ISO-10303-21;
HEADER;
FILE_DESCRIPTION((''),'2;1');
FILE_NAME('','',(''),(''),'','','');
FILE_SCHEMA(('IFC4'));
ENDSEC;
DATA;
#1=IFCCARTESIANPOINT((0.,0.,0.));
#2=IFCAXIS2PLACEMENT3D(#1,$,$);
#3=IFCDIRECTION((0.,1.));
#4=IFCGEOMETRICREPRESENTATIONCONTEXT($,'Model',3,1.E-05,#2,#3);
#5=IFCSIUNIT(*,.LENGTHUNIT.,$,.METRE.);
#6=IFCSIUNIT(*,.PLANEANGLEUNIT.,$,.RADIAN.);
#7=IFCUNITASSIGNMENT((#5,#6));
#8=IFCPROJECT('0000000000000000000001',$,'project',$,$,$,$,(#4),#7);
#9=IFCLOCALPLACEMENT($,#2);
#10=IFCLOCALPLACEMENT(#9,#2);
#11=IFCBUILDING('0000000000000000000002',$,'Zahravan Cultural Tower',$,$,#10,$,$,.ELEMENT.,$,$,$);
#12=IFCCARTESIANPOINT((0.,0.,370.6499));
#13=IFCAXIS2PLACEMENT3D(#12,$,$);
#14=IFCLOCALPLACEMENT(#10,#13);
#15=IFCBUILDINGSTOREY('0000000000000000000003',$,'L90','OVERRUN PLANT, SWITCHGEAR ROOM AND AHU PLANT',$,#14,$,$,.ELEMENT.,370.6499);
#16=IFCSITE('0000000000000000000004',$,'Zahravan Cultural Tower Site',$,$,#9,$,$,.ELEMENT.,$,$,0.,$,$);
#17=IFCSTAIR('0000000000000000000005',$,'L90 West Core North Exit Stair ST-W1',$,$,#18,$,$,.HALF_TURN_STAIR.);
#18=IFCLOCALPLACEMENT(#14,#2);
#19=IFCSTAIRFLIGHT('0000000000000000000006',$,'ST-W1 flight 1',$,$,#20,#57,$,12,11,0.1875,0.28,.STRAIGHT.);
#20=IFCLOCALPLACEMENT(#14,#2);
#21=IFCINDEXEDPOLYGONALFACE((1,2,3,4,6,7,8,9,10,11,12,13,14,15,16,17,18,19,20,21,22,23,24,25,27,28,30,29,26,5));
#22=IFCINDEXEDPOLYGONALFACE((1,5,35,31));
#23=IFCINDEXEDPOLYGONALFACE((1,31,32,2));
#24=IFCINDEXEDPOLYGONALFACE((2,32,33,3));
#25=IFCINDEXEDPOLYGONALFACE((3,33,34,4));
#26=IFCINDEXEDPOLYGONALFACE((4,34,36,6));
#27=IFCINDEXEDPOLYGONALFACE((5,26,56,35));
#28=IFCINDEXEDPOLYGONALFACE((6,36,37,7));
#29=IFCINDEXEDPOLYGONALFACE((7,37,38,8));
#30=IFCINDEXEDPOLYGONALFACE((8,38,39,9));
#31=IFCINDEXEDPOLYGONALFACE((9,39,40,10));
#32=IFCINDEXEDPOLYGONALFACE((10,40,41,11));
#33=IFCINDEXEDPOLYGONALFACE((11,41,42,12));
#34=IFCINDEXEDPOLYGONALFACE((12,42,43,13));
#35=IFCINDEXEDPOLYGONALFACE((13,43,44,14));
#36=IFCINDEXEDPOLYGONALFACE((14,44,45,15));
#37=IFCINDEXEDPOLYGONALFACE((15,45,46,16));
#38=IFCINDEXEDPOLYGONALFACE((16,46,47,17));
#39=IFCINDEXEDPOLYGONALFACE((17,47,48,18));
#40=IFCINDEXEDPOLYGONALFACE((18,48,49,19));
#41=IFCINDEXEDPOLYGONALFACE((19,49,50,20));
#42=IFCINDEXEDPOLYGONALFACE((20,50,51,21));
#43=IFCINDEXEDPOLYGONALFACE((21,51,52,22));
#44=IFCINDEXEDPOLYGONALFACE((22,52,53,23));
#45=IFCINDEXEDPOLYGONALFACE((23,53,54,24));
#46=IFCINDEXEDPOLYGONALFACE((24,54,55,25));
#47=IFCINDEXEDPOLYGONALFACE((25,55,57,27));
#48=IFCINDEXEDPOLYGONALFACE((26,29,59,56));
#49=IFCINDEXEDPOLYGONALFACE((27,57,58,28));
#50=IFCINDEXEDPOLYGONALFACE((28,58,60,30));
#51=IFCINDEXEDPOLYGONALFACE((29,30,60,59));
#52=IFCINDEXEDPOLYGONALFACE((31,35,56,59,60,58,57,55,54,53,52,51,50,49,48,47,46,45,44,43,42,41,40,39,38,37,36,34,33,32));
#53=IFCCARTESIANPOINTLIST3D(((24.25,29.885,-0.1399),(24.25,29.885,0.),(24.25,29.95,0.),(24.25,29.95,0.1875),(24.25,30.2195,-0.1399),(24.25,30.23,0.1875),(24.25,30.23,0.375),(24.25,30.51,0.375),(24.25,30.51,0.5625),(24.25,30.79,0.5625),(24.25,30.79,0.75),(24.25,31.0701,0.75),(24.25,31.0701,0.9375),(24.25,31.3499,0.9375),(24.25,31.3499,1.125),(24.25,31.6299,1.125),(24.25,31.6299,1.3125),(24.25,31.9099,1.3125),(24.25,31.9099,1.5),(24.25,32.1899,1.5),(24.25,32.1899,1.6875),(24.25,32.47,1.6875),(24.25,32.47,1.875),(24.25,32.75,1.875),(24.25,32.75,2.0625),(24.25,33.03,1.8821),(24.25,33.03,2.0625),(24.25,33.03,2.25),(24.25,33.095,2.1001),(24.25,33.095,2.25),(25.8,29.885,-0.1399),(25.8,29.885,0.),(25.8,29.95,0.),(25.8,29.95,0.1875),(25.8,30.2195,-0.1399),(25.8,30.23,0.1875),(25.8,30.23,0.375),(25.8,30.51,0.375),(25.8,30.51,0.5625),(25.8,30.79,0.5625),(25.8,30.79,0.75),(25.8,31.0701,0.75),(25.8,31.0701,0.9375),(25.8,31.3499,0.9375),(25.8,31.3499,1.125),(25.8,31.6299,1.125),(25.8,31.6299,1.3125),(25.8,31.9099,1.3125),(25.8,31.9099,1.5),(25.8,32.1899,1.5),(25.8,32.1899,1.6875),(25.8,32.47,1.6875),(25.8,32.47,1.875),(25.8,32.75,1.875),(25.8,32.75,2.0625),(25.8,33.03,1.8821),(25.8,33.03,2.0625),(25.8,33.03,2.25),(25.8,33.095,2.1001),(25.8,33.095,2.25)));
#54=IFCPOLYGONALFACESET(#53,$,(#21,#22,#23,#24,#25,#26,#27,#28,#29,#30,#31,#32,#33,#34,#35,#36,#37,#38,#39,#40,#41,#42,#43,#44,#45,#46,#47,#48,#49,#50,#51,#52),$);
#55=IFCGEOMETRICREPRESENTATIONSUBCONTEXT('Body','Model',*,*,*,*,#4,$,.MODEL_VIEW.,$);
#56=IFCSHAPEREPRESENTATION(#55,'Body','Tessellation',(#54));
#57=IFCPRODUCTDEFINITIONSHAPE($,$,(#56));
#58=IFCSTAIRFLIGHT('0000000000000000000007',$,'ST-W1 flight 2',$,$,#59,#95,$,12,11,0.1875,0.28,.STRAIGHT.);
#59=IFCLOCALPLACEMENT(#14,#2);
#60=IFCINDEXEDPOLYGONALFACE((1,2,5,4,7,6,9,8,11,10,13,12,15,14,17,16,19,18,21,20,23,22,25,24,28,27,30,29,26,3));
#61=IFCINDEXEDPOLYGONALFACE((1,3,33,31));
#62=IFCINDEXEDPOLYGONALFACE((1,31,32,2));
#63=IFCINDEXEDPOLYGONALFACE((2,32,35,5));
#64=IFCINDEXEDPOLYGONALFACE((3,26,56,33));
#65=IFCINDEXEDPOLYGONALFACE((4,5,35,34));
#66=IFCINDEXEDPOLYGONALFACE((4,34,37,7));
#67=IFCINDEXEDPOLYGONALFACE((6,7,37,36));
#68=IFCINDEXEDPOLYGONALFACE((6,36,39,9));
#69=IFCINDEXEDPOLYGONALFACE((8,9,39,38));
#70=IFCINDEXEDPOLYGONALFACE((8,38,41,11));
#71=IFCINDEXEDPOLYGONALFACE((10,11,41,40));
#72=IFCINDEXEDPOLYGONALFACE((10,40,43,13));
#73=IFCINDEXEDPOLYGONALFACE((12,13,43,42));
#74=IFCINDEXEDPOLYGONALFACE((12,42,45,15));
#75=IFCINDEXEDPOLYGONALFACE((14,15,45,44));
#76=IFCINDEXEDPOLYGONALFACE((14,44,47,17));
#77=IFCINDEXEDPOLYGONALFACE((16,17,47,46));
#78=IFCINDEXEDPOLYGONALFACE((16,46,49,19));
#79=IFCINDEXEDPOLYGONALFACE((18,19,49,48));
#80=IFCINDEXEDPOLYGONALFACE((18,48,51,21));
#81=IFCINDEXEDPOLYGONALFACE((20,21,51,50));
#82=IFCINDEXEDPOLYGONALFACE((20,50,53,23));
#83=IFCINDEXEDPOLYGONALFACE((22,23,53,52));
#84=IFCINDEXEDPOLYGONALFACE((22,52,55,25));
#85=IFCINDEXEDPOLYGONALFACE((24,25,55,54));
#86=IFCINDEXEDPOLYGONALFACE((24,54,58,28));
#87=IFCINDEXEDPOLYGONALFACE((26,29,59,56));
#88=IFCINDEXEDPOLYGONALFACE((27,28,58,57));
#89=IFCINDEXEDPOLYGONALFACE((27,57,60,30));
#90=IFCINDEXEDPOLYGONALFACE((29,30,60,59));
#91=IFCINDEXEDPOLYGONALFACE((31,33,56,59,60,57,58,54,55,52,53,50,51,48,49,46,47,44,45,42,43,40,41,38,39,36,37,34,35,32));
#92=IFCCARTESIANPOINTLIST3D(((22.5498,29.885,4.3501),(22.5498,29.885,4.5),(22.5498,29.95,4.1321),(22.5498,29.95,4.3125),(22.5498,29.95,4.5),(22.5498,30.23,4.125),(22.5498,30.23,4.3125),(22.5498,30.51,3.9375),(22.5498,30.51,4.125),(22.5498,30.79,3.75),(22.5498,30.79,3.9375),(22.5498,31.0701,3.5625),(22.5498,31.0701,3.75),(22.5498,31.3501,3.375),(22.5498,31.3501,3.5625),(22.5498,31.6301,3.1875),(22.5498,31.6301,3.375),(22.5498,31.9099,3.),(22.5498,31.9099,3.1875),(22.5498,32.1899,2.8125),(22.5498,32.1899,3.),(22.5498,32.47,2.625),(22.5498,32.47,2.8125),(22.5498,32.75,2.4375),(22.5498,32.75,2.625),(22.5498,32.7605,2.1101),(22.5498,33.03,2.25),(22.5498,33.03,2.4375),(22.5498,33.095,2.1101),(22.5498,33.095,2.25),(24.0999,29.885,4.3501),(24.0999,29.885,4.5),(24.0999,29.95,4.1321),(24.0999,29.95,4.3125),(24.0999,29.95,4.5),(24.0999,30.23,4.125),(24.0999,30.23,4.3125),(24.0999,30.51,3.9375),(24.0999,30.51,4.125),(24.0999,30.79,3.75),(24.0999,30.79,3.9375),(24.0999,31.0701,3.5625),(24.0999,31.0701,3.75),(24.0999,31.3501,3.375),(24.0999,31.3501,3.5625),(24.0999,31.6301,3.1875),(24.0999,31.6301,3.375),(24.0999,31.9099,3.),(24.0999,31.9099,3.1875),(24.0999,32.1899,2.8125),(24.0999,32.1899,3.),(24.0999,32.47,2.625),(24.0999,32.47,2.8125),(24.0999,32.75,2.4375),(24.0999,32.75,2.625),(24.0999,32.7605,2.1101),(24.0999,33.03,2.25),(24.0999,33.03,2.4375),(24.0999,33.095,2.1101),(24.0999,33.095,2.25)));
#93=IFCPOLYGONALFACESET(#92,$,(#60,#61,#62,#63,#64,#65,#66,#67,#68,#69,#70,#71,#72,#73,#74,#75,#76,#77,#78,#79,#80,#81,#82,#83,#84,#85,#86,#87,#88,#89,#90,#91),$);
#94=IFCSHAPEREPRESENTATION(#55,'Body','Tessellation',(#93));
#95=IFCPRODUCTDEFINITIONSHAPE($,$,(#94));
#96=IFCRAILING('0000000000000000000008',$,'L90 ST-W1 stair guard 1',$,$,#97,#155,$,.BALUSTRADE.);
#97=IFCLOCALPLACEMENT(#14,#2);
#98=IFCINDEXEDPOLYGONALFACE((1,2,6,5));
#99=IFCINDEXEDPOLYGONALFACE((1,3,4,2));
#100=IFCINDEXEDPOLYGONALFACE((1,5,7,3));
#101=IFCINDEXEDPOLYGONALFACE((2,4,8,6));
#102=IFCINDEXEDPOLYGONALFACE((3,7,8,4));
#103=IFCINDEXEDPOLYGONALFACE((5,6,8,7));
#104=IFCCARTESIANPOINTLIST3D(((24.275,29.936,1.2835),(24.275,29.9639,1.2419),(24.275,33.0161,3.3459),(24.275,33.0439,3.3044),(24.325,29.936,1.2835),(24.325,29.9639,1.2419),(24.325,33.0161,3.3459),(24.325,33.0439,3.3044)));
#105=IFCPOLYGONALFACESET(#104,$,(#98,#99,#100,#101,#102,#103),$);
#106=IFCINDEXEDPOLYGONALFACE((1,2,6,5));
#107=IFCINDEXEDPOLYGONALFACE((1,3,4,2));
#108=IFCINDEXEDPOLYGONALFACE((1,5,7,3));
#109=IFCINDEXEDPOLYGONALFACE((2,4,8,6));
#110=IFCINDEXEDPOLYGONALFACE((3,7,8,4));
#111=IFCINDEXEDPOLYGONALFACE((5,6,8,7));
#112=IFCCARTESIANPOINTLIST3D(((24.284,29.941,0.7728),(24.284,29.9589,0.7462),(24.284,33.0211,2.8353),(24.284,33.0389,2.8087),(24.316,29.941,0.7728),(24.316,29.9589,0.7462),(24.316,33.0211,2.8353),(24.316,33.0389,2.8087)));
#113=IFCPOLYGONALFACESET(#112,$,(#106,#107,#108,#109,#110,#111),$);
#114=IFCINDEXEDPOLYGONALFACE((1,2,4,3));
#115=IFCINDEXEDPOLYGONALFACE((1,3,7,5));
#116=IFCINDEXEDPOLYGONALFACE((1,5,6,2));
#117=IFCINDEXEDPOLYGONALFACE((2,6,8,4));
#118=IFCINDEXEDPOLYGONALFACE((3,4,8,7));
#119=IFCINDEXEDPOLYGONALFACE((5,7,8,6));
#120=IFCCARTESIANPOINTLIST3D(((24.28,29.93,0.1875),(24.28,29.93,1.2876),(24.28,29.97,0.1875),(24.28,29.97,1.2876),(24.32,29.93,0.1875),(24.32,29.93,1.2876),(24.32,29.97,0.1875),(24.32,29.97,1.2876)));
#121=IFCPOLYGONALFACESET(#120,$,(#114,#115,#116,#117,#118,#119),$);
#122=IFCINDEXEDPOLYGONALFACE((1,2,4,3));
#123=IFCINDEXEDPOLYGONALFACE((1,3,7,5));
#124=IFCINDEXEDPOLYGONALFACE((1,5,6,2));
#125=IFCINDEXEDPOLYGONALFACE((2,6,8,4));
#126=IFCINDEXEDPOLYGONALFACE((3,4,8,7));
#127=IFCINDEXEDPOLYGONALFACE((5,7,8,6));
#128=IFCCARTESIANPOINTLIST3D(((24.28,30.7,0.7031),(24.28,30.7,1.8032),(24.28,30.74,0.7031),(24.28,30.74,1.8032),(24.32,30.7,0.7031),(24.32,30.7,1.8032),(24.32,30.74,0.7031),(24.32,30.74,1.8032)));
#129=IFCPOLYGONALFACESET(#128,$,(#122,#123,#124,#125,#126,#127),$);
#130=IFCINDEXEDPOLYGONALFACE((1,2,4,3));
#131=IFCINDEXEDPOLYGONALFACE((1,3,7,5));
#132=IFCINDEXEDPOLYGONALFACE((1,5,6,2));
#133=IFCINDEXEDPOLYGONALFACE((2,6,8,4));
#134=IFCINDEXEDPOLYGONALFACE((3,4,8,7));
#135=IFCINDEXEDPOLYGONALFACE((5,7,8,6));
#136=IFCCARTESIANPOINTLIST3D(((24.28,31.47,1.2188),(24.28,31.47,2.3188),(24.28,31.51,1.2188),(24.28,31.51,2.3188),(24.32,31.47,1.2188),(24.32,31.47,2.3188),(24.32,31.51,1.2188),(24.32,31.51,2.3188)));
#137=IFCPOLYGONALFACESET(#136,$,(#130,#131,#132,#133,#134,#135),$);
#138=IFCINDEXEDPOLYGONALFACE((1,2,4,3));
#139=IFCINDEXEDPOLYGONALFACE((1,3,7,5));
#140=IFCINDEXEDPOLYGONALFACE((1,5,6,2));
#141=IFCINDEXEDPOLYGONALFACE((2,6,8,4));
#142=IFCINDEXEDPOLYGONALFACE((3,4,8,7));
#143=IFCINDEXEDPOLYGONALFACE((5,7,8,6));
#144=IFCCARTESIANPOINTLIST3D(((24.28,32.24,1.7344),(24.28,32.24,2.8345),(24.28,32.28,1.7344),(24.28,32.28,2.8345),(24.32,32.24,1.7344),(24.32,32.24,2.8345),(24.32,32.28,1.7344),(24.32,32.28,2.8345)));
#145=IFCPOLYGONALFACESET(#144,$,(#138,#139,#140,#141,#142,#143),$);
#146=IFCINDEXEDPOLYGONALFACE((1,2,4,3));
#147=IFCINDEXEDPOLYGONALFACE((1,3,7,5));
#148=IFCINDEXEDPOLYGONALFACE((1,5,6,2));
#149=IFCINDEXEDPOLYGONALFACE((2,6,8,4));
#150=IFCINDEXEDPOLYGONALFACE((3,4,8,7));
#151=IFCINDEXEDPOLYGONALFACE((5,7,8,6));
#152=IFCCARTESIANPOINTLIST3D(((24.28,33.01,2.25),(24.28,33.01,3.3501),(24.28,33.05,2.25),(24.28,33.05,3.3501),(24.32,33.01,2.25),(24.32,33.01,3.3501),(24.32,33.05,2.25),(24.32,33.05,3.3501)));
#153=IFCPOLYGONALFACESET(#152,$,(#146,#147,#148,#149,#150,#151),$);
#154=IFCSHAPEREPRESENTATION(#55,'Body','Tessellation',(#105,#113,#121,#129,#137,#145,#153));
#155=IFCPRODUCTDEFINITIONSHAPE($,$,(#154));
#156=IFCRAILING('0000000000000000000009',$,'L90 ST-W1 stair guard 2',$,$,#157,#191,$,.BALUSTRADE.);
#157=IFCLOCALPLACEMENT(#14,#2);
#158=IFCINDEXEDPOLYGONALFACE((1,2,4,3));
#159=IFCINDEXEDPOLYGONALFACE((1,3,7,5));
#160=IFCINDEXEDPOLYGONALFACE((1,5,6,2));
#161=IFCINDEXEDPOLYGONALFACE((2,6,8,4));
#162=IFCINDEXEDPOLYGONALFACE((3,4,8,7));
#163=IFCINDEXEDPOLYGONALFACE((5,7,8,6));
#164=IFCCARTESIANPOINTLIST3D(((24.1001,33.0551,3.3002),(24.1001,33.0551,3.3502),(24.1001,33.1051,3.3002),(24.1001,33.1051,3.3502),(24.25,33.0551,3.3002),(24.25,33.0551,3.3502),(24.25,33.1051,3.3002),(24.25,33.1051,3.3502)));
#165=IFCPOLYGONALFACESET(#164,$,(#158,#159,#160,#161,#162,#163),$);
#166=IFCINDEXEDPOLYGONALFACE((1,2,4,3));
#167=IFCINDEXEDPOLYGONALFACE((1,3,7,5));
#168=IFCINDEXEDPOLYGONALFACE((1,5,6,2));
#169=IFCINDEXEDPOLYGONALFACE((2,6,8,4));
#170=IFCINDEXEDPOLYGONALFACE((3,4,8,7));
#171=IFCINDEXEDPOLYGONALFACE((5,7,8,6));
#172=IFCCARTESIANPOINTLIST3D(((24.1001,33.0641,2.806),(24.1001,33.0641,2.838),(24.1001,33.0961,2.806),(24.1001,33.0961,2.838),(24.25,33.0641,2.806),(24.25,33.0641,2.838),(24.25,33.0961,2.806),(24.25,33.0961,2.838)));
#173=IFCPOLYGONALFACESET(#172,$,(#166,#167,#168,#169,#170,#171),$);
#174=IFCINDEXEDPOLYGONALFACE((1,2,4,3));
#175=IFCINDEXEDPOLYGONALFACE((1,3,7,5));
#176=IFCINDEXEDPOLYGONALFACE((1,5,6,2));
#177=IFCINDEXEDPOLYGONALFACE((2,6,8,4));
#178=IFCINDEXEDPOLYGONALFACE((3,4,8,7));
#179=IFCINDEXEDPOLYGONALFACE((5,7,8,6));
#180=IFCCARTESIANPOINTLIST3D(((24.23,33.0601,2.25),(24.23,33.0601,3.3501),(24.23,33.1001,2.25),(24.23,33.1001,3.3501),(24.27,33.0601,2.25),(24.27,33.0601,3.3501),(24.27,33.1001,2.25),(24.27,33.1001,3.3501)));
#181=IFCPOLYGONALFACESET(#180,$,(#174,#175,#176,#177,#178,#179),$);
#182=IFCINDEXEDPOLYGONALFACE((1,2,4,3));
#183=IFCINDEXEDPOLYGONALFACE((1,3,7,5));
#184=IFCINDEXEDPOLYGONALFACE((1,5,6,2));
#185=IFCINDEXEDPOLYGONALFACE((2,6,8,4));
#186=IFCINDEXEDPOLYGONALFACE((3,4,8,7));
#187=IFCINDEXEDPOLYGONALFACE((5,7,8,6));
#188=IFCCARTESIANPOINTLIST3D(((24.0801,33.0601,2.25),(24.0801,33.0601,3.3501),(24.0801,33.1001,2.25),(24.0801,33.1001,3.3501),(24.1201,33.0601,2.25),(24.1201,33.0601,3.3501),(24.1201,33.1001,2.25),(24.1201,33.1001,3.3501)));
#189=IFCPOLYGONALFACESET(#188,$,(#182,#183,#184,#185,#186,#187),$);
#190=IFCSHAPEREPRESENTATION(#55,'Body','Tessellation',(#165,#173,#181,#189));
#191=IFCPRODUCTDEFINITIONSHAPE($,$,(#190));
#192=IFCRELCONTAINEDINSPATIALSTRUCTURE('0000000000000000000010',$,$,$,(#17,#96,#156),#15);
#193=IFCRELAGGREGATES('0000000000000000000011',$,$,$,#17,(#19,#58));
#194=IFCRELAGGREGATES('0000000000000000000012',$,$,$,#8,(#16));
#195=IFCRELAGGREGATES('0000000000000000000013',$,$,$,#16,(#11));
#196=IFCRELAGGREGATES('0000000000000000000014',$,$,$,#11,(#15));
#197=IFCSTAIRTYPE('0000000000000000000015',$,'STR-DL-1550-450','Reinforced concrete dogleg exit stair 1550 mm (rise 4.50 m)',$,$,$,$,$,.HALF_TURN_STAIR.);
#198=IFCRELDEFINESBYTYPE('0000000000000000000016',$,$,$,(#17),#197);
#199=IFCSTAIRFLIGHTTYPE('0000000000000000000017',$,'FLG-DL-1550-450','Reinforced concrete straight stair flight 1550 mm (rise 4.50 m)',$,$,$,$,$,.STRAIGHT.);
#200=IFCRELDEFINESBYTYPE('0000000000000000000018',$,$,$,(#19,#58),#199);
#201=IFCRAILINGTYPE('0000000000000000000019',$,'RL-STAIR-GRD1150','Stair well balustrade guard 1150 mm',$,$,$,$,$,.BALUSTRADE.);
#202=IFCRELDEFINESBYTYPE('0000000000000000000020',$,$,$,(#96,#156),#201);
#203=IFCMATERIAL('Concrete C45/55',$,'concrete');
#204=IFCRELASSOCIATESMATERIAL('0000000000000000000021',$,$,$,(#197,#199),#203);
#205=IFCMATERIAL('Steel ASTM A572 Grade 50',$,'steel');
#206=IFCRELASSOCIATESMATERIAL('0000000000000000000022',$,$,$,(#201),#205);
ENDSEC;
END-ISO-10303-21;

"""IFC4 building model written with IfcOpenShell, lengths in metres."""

from ifc_helpers import new_model, si_unit, direction, frame, origin, origin_2d, place, context, subcontext, project, spatial, polyline, rectangle, outline, extrude, material, type_object, element, aggregate, save


model = new_model("IFC4")

# Units and contexts
model_context = context("Model", 3, precision=1e-05, world=origin(), true_north=direction((0.0, 1.0)))
body_context = subcontext(model_context, "Body", "Model", "MODEL_VIEW")
ifc_project = project(units=[si_unit("LENGTHUNIT", "METRE"), si_unit("PLANEANGLEUNIT", "RADIAN")], contexts=[model_context])

# Site, building, storey
site_placement = place(None, origin())
site = spatial("IfcSite", under=ifc_project, at=site_placement, Name="Zahravan Cultural Tower Site", CompositionType="ELEMENT", RefElevation=0.0)
building_placement = place(site_placement, origin())
building = spatial("IfcBuilding", under=site, at=building_placement, Name="Zahravan Cultural Tower", CompositionType="ELEMENT")
storey_placement = place(building_placement, frame((0.0, 0.0, 370.6499)))
storey = spatial("IfcBuildingStorey", under=building, at=storey_placement, Name="L90", Description="OVERRUN PLANT, SWITCHGEAR ROOM AND AHU PLANT", CompositionType="ELEMENT", Elevation=370.6499)

# Shared definitions
ifc_material_1 = material(Name="Concrete C45/55", Category="concrete")

# Stair, stair flights
stair_type = type_object("IfcStairType", Name="STR-DL-1550-450", Description="Reinforced concrete dogleg exit stair 1550 mm (rise 4.50 m)", PredefinedType="HALF_TURN_STAIR", material=ifc_material_1)
stair_placement = place(storey_placement, origin())
stair = element("IfcStair", 1, at=stair_placement, inside=storey, type_object=stair_type, Name="L90 West Core North Exit Stair ST-W1", PredefinedType="HALF_TURN_STAIR")
stair_flight_type = type_object("IfcStairFlightType", Name="FLG-DL-1550-450", Description="Reinforced concrete straight stair flight 1550 mm (rise 4.50 m)", PredefinedType="STRAIGHT", material=ifc_material_1)
stair_flight_1_placement = place(storey_placement, frame((25.0249, 29.95, 0.0), z_axis=(0.0, 0.0, 1.0), x_axis=(0.0, 1.0, 0.0)))
stair_flight_1 = element("IfcStairFlight", 2, at=stair_flight_1_placement, type_object=stair_flight_type, Name="ST-W1 flight 1", NumberOfRisers=12, NumberOfTreads=11, PredefinedType="STRAIGHT", RiserHeight=0.1875, TreadLength=0.28, context=body_context, shape_type="SweptSolid", body=[
    extrude(outline(polyline([(-0.0649, -0.1399), (-0.0649, 0.0), (0.0, 0.0), (0.0, 0.1875), (0.28, 0.1875), (0.28, 0.375), (0.5601, 0.375), (0.5601, 0.5625), (0.8401, 0.5625), (0.8401, 0.75), (1.1201, 0.75), (1.1201, 0.9375), (1.3999, 0.9375), (1.3999, 1.125), (1.6799, 1.125), (1.6799, 1.3125), (1.96, 1.3125), (1.96, 1.5), (2.24, 1.5), (2.24, 1.6875), (2.52, 1.6875), (2.52, 1.875), (2.8, 1.875), (2.8, 2.0625), (3.0801, 2.0625), (3.0801, 2.25), (3.145, 2.25), (3.145, 2.1001), (3.0801, 1.8821), (0.2695, -0.1399), (-0.0649, -0.1399)])), frame((0.0, 0.7749, 0.0), z_axis=(0.0, -1.0, 0.0), x_axis=(1.0, 0.0, 0.0)), (0.0, 0.0, 1.0), 1.55),
])
stair_flight_2_placement = place(storey_placement, frame((23.325, 33.03, 2.25), z_axis=(0.0, 0.0, 1.0), x_axis=(0.0, -1.0, 0.0)))
stair_flight_2 = element("IfcStairFlight", 3, at=stair_flight_2_placement, type_object=stair_flight_type, Name="ST-W1 flight 2", NumberOfRisers=12, NumberOfTreads=11, PredefinedType="STRAIGHT", RiserHeight=0.1875, TreadLength=0.28, context=body_context, shape_type="SweptSolid", body=[
    extrude(outline(polyline([(-0.0649, -0.1399), (-0.0649, 0.0), (0.0, 0.0), (0.0, 0.1875), (0.28, 0.1875), (0.28, 0.375), (0.5601, 0.375), (0.5601, 0.5625), (0.8401, 0.5625), (0.8401, 0.75), (1.1201, 0.75), (1.1201, 0.9375), (1.3999, 0.9375), (1.3999, 1.125), (1.6799, 1.125), (1.6799, 1.3125), (1.96, 1.3125), (1.96, 1.5), (2.24, 1.5), (2.24, 1.6875), (2.52, 1.6875), (2.52, 1.875), (2.8, 1.875), (2.8, 2.0625), (3.0801, 2.0625), (3.0801, 2.25), (3.145, 2.25), (3.145, 2.1001), (3.0801, 1.8821), (0.2695, -0.1399), (-0.0649, -0.1399)])), frame((0.0, 0.7749, 0.0), z_axis=(0.0, -1.0, 0.0), x_axis=(1.0, 0.0, 0.0)), (0.0, 0.0, 1.0), 1.55),
])
aggregate(stair, [stair_flight_1, stair_flight_2])

# Railings
ifc_material_2 = material(Name="Steel ASTM A572 Grade 50", Category="steel")
railing_type_1 = type_object("IfcRailingType", Name="RL-STAIR-GRD1150", Description="Stair well balustrade guard 1150 mm", PredefinedType="BALUSTRADE", material=ifc_material_2)
railing_1_placement = place(storey_placement, frame((24.3, 29.95, 0.1875)))
element("IfcRailing", 4, at=railing_1_placement, inside=storey, type_object=railing_type_1, Name="L90 ST-W1 stair guard 1", PredefinedType="BALUSTRADE", context=body_context, shape_type="SweptSolid", body=[
    extrude(rectangle(XDim=0.05, YDim=0.05, at=origin_2d()), frame((0.0, 0.0, 1.0752), z_axis=(0.0, 0.830914, 0.556401), x_axis=(-1.0, 0.0, 0.0)), (0.0, 0.0, 1.0), 3.7068),
    extrude(rectangle(XDim=0.032, YDim=0.032, at=origin_2d()), frame((0.0, 0.0, 0.572), z_axis=(0.0, 0.830914, 0.556401), x_axis=(-1.0, 0.0, 0.0)), (0.0, 0.0, 1.0), 3.7068),
    extrude(rectangle(XDim=0.04, YDim=0.04, at=origin_2d()), origin(), (0.0, 0.0, 1.0), 1.1001),
    extrude(rectangle(XDim=0.04, YDim=0.04, at=origin_2d()), frame((0.0, 0.77, 0.5156)), (0.0, 0.0, 1.0), 1.1001),
    extrude(rectangle(XDim=0.04, YDim=0.04, at=origin_2d()), frame((0.0, 1.54, 1.0312)), (0.0, 0.0, 1.0), 1.1001),
    extrude(rectangle(XDim=0.04, YDim=0.04, at=origin_2d()), frame((0.0, 2.3101, 1.5469)), (0.0, 0.0, 1.0), 1.1001),
    extrude(rectangle(XDim=0.04, YDim=0.04, at=origin_2d()), frame((0.0, 3.0801, 2.0625)), (0.0, 0.0, 1.0), 1.1001),
])
railing_2_placement = place(storey_placement, frame((24.25, 33.0801, 2.25)))
element("IfcRailing", 5, at=railing_2_placement, inside=storey, type_object=railing_type_1, Name="L90 ST-W1 stair guard 2", PredefinedType="BALUSTRADE", context=body_context, shape_type="SweptSolid", body=[
    extrude(rectangle(XDim=0.05, YDim=0.05, at=origin_2d()), frame((0.0, 0.0, 1.0752), z_axis=(-1.0, 0.0, 0.0), x_axis=(0.0, -1.0, 0.0)), (0.0, 0.0, 1.0), 0.1499),
    extrude(rectangle(XDim=0.032, YDim=0.032, at=origin_2d()), frame((0.0, 0.0, 0.572), z_axis=(-1.0, 0.0, 0.0), x_axis=(0.0, -1.0, 0.0)), (0.0, 0.0, 1.0), 0.1499),
    extrude(rectangle(XDim=0.04, YDim=0.04, at=origin_2d()), origin(), (0.0, 0.0, 1.0), 1.1001),
    extrude(rectangle(XDim=0.04, YDim=0.04, at=origin_2d()), frame((-0.1499, 0.0, 0.0)), (0.0, 0.0, 1.0), 1.1001),
])

save(model, "model.ifc")
